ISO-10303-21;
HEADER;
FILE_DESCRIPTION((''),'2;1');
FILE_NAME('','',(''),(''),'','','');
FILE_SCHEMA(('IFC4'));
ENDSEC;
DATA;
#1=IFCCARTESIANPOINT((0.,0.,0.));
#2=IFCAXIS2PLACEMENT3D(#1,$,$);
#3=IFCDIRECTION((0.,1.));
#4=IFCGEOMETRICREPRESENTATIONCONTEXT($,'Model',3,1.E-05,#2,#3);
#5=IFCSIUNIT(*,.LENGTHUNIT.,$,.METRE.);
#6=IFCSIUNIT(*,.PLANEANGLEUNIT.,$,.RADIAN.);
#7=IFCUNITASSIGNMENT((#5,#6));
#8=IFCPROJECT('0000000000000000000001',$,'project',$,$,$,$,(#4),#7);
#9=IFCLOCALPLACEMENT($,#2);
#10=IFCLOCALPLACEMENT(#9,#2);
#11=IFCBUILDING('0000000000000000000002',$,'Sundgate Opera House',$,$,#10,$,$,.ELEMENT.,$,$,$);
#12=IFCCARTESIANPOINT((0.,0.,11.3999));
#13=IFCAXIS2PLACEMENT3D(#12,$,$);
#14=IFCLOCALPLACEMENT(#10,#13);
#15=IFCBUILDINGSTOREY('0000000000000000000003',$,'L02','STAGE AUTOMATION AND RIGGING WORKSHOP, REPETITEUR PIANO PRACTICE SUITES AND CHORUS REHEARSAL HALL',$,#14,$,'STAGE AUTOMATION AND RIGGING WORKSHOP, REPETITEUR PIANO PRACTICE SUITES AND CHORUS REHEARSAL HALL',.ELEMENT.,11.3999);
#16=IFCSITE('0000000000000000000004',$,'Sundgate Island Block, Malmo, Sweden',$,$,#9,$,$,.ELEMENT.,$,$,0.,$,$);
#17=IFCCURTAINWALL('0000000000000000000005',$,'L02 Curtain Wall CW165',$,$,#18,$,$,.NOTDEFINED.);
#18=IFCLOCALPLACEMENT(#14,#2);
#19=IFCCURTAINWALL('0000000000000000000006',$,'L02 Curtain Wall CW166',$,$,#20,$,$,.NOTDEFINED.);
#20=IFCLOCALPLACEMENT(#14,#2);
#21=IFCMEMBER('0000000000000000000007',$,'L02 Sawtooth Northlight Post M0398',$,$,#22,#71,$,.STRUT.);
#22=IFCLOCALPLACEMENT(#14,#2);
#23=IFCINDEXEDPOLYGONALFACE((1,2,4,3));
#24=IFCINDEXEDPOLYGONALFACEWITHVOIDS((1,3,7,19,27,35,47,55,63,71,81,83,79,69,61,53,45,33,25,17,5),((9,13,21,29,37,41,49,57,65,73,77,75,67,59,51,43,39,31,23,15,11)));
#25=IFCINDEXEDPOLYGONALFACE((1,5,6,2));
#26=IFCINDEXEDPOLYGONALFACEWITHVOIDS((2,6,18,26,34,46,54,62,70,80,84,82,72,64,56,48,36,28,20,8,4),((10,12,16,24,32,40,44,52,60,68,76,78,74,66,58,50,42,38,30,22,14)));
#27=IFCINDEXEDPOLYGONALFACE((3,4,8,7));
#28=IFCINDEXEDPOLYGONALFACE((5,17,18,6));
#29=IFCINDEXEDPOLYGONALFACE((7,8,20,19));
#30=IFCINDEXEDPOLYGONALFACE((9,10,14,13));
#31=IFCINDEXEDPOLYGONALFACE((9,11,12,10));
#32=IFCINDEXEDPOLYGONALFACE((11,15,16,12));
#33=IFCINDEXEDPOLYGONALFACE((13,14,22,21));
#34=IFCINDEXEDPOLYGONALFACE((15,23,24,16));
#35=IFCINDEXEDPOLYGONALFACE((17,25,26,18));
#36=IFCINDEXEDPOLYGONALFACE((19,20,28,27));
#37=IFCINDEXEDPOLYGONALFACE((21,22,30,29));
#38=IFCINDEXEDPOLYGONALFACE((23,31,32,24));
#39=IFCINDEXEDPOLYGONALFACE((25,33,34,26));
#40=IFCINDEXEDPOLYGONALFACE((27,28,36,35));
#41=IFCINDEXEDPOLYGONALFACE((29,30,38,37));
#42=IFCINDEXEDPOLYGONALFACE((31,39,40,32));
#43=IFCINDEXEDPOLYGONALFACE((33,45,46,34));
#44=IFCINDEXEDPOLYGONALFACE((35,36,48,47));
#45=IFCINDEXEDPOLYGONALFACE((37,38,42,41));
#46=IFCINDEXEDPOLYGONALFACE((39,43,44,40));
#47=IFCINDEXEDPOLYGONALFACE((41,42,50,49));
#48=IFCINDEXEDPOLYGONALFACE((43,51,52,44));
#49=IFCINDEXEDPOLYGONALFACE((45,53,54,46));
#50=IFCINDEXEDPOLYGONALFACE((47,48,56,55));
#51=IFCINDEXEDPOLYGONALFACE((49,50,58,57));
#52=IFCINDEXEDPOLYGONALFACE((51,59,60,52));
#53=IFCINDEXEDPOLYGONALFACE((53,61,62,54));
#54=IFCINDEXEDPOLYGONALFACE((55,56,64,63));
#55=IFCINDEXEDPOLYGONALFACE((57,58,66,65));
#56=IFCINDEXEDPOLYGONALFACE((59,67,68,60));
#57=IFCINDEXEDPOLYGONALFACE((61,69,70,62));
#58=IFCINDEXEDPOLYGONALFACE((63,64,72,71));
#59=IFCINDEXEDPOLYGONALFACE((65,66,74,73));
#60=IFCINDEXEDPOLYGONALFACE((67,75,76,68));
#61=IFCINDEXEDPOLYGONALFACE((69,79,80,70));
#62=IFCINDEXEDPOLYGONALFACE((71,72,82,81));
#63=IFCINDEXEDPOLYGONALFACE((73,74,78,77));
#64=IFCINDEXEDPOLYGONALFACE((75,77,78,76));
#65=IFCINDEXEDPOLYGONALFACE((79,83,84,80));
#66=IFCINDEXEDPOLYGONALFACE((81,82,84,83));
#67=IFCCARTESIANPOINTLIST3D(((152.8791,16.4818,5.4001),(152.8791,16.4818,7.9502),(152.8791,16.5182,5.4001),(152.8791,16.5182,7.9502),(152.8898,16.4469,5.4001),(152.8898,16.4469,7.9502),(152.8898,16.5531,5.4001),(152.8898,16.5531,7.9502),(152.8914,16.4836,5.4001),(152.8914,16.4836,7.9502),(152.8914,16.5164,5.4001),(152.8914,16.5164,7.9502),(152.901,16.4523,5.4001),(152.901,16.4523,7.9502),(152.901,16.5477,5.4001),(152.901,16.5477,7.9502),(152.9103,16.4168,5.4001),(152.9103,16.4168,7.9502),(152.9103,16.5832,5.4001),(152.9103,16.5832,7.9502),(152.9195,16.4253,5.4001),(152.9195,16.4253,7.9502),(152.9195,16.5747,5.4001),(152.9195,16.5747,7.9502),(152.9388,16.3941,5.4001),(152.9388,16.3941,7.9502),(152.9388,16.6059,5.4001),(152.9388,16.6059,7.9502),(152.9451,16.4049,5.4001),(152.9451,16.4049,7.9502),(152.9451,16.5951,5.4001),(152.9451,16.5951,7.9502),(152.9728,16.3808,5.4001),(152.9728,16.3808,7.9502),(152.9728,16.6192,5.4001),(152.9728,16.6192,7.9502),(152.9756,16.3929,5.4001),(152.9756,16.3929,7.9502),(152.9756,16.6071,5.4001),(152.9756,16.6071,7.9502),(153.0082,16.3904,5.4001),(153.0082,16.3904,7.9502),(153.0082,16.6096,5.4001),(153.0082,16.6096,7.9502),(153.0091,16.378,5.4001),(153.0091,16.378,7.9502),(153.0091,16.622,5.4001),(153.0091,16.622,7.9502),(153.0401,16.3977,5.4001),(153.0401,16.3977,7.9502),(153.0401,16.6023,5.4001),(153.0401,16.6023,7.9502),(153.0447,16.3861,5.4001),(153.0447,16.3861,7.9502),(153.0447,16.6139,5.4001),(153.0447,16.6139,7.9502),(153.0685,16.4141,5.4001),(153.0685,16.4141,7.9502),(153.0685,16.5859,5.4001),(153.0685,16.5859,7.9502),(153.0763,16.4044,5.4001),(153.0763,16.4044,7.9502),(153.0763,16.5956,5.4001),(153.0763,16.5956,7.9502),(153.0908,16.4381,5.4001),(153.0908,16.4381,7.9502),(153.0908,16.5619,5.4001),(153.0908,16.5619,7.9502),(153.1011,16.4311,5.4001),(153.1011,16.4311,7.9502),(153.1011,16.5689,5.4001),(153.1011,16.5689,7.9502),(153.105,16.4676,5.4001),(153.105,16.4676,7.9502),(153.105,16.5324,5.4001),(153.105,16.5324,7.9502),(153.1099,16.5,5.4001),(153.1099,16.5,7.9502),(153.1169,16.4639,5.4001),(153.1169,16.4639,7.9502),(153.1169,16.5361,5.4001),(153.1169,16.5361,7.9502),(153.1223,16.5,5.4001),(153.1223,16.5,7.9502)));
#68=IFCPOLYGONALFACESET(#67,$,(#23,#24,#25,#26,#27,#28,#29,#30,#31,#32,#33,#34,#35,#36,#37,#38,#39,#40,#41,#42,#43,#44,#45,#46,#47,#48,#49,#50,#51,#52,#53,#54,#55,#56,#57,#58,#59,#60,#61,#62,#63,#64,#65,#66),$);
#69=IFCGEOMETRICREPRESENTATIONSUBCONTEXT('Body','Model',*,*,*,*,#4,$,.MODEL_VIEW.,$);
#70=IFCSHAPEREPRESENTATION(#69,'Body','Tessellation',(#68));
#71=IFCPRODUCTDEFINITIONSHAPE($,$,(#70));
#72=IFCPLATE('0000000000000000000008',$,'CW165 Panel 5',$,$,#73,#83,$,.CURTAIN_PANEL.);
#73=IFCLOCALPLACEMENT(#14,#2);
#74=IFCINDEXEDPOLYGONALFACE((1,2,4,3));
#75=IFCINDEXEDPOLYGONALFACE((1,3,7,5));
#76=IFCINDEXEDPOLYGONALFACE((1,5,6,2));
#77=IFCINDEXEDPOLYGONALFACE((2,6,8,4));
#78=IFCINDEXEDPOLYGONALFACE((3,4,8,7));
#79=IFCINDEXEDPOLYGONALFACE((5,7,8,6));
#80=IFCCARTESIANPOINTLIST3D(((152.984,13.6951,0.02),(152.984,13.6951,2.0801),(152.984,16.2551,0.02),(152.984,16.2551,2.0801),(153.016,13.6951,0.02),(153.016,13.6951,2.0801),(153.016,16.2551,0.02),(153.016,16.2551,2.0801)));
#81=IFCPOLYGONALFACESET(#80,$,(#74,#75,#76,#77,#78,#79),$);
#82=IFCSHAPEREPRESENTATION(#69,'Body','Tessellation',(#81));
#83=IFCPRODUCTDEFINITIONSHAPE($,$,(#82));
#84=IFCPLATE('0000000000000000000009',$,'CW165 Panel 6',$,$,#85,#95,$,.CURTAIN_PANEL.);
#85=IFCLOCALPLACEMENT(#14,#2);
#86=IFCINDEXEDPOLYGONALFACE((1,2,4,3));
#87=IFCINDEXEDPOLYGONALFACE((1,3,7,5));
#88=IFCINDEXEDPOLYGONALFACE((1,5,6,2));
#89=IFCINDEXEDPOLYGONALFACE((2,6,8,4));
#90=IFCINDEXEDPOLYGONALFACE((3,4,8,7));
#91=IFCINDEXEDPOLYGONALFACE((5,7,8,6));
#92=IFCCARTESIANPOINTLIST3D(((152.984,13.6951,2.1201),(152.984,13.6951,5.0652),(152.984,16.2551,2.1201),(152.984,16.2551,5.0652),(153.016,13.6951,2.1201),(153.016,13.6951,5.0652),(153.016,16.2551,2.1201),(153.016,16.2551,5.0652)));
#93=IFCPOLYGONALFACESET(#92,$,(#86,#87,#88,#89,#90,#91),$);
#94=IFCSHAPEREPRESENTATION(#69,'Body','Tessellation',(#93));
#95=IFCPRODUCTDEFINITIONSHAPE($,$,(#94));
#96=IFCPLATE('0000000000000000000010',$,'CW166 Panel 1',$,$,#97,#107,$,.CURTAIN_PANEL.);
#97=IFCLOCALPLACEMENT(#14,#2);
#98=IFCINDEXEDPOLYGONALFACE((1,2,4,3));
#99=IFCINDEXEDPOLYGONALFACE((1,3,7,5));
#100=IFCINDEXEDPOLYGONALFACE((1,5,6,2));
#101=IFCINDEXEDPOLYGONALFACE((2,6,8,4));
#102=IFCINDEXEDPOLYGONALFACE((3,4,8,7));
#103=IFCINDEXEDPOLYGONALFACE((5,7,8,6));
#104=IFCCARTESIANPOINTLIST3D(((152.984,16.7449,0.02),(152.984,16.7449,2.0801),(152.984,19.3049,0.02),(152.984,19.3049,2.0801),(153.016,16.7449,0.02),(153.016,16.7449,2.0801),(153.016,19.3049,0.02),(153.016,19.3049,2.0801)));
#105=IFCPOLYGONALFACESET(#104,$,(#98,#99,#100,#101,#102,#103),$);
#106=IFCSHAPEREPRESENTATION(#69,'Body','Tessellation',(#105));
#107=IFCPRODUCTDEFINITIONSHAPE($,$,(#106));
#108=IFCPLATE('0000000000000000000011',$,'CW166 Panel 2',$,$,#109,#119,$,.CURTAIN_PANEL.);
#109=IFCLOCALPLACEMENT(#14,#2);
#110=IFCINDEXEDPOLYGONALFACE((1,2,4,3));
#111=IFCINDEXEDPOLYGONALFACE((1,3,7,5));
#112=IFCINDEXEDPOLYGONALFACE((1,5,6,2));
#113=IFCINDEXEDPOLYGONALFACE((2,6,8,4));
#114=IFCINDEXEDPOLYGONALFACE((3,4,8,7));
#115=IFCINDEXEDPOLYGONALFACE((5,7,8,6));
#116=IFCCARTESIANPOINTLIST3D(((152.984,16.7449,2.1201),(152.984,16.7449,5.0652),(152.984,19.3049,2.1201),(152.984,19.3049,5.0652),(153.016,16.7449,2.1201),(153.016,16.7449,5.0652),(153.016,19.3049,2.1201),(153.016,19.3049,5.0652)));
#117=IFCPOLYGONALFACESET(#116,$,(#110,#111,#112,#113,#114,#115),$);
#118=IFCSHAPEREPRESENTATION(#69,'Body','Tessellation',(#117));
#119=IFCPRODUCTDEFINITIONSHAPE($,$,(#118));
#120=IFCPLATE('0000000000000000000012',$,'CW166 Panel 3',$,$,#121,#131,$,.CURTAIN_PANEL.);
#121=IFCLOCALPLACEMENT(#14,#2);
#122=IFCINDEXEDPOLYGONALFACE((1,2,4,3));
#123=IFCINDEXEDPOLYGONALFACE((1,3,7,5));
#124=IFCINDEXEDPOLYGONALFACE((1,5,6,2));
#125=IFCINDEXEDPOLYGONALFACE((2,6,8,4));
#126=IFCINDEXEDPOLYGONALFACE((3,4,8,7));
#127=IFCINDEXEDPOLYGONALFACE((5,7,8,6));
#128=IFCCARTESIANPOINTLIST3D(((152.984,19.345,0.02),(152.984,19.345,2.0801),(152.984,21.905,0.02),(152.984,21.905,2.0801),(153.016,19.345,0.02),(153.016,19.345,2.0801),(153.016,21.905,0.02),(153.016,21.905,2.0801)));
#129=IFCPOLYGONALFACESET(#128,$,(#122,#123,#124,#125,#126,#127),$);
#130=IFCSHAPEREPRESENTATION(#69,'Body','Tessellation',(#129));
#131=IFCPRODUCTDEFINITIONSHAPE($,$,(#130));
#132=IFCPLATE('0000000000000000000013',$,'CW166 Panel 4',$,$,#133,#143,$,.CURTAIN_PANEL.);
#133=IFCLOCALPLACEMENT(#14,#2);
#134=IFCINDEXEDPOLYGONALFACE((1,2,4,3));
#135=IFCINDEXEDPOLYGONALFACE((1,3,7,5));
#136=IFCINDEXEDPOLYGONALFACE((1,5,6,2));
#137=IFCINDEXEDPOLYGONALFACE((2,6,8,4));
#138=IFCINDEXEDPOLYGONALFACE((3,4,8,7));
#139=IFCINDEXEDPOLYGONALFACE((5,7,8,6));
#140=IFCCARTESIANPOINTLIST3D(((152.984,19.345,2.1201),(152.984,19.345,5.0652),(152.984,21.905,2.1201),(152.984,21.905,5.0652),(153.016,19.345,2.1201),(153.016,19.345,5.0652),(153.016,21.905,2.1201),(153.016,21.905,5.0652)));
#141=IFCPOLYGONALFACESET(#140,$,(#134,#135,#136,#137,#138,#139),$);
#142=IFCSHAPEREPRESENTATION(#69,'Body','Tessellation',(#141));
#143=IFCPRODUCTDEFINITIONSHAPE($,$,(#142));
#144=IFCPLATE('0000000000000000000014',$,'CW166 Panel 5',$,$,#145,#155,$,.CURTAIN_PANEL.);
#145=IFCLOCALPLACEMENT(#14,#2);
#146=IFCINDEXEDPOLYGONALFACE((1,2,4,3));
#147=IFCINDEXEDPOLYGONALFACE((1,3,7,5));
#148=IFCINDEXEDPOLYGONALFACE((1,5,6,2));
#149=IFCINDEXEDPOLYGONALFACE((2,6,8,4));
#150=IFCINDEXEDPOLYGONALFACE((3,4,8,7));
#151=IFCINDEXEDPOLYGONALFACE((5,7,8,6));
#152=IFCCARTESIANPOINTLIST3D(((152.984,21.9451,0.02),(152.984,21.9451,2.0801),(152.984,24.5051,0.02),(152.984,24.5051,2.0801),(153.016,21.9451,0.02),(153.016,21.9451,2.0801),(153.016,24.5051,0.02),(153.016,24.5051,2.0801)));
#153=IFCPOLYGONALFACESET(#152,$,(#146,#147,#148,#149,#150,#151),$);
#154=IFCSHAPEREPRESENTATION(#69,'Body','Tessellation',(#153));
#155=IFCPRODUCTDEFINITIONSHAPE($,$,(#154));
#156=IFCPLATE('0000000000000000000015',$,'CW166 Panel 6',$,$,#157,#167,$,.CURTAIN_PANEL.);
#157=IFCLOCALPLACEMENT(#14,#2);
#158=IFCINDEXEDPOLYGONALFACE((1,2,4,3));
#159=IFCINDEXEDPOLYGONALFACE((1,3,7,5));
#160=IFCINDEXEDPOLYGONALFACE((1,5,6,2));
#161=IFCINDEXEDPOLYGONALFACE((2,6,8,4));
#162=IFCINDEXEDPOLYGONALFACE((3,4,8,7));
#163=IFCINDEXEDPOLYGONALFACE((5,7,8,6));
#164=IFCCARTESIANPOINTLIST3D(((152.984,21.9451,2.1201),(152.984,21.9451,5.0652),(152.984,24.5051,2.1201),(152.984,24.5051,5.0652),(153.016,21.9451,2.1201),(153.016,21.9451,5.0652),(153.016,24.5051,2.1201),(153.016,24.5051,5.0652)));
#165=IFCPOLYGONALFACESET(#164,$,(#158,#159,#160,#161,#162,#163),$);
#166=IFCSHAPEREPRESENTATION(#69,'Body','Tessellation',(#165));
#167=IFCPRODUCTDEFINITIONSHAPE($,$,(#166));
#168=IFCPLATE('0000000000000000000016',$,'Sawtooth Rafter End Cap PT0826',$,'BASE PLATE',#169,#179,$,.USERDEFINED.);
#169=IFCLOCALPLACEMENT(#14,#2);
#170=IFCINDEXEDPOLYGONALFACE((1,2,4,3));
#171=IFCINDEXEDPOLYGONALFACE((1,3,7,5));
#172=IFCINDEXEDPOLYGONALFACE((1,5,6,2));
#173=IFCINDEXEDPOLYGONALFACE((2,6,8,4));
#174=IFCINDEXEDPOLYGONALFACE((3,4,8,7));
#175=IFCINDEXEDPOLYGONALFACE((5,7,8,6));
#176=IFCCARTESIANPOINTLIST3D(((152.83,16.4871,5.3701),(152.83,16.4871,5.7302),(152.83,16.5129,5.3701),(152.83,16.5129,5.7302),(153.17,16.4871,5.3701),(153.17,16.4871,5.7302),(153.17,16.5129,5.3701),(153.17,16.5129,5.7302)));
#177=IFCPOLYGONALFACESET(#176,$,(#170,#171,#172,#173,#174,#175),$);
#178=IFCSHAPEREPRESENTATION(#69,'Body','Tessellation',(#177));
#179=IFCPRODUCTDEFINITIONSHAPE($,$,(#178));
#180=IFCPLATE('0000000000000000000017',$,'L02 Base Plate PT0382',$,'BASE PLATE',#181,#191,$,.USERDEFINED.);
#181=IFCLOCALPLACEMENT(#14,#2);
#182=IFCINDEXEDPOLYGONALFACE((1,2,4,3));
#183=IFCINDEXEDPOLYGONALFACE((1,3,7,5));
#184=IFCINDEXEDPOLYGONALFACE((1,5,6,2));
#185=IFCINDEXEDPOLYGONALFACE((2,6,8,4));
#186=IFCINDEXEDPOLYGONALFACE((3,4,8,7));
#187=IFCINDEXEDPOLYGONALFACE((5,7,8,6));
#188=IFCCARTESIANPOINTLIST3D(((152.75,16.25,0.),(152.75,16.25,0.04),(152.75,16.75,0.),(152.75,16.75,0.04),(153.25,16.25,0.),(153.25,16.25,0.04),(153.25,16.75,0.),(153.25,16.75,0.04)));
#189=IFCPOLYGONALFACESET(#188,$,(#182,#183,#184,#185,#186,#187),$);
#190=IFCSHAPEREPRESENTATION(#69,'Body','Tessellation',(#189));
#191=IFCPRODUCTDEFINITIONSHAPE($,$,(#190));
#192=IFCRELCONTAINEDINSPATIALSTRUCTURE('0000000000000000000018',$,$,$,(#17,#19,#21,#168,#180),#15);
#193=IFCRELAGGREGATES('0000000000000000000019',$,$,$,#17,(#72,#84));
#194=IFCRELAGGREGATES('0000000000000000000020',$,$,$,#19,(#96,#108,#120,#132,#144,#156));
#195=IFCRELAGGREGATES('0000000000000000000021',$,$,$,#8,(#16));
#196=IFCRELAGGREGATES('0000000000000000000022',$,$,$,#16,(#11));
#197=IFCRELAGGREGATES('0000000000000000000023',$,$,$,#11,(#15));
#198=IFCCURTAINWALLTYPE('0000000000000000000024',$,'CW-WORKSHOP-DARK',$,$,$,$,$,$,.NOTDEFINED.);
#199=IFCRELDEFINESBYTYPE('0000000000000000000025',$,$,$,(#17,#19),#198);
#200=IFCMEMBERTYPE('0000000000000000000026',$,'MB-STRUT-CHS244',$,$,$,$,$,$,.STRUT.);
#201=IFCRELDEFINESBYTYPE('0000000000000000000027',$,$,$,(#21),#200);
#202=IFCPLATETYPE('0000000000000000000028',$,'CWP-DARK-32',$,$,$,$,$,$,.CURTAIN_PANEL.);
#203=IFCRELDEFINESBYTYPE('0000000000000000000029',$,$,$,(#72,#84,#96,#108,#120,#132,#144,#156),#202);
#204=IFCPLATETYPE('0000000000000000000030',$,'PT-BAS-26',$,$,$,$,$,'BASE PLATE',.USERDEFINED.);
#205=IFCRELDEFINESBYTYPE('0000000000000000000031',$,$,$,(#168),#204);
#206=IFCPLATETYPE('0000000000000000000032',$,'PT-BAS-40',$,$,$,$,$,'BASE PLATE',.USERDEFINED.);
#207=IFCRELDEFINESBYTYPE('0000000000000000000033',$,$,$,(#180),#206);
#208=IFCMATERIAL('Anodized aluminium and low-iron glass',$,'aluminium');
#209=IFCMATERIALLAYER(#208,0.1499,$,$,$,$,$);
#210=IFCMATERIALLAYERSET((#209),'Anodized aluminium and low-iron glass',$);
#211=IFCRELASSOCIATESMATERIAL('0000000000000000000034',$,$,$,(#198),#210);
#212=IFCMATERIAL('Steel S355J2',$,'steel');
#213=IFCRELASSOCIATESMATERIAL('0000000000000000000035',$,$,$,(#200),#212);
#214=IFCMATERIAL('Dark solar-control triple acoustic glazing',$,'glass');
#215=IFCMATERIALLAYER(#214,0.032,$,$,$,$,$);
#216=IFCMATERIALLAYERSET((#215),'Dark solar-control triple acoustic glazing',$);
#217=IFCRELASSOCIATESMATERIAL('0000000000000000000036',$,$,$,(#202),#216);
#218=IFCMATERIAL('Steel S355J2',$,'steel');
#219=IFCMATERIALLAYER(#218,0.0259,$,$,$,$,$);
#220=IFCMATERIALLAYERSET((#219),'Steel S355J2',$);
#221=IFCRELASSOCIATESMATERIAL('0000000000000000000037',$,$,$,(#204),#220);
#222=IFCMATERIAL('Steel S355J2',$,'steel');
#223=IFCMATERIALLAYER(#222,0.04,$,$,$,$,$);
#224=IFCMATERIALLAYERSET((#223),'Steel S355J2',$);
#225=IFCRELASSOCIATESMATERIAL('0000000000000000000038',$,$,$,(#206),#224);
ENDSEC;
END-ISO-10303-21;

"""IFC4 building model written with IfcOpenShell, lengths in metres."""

from ifc_helpers import new_model, si_unit, direction, frame, origin, origin_2d, place, context, subcontext, project, spatial, rectangle, hollow_circle, extrude, material, layer, layer_set, material_profile, profile_set, type_object, element, aggregate, save


model = new_model("IFC4")

# Units and contexts
model_context = context("Model", 3, precision=1e-05, world=origin(), true_north=direction((0.0, 1.0)))
body_context = subcontext(model_context, "Body", "Model", "MODEL_VIEW")
ifc_project = project(units=[si_unit("LENGTHUNIT", "METRE"), si_unit("PLANEANGLEUNIT", "RADIAN")], contexts=[model_context])

# Site, building, storey
site_placement = place(None, origin())
site = spatial("IfcSite", under=ifc_project, at=site_placement, Name="Sundgate Island Block, Malmo, Sweden", CompositionType="ELEMENT", RefElevation=0.0)
building_placement = place(site_placement, origin())
building = spatial("IfcBuilding", under=site, at=building_placement, Name="Sundgate Opera House", CompositionType="ELEMENT")
storey_placement = place(building_placement, frame((0.0, 0.0, 11.3999)))
storey = spatial("IfcBuildingStorey", under=building, at=storey_placement, Name="L02", Description="STAGE AUTOMATION AND RIGGING WORKSHOP, REPETITEUR PIANO PRACTICE SUITES AND CHORUS REHEARSAL HALL", LongName="STAGE AUTOMATION AND RIGGING WORKSHOP, REPETITEUR PIANO PRACTICE SUITES AND CHORUS REHEARSAL HALL", CompositionType="ELEMENT", Elevation=11.3999)

# Curtain wall
ifc_material_1 = material(Name="Anodized aluminium and low-iron glass", Category="aluminium")
ifc_layer_1 = layer(ifc_material_1, 0.1499)
ifc_layer_set_1 = layer_set([ifc_layer_1], Name="Anodized aluminium and low-iron glass")
curtain_wall_type = type_object("IfcCurtainWallType", Name="CW-WORKSHOP-DARK", PredefinedType="NOTDEFINED", material=ifc_layer_set_1)
curtain_wall_1_placement = place(storey_placement, origin())
curtain_wall_1 = element("IfcCurtainWall", 1, at=curtain_wall_1_placement, inside=storey, type_object=curtain_wall_type, Name="L02 Curtain Wall CW165", PredefinedType="NOTDEFINED")

# Curtain wall
curtain_wall_2_placement = place(storey_placement, origin())
curtain_wall_2 = element("IfcCurtainWall", 2, at=curtain_wall_2_placement, inside=storey, type_object=curtain_wall_type, Name="L02 Curtain Wall CW166", PredefinedType="NOTDEFINED")

# Member
ifc_material_2 = material(Name="Steel S355J2", Category="steel")
ifc_material_profile_1 = material_profile(ifc_material_2, hollow_circle(Radius=0.1223, WallThickness=0.0125, at=origin_2d()), Name="CHS 244.5x12.5")
ifc_profile_set_1 = profile_set([ifc_material_profile_1], Name="Steel S355J2")
member_type_1 = type_object("IfcMemberType", Name="MB-STRUT-CHS244", PredefinedType="STRUT", material=ifc_profile_set_1)
member_1_placement = place(storey_placement, frame((153.0, 16.5, 5.4001), z_axis=(0.0, 0.0, 1.0), x_axis=(1.0, 0.0, 0.0)))
element("IfcMember", 3, at=member_1_placement, inside=storey, type_object=member_type_1, Name="L02 Sawtooth Northlight Post M0398", PredefinedType="STRUT", context=body_context, shape_type="SweptSolid", body=[
    extrude(hollow_circle(Radius=0.1223, WallThickness=0.0125, at=origin_2d()), origin(), (0.0, 0.0, 1.0), 2.55),
])

# Plates
ifc_material_3 = material(Name="Dark solar-control triple acoustic glazing", Category="glass")
ifc_layer_2 = layer(ifc_material_3, 0.032)
ifc_layer_set_2 = layer_set([ifc_layer_2], Name="Dark solar-control triple acoustic glazing")
plate_type_1 = type_object("IfcPlateType", Name="CWP-DARK-32", PredefinedType="CURTAIN_PANEL", material=ifc_layer_set_2)
plate_1_placement = place(storey_placement, frame((153.0, 14.9751, 0.02), z_axis=(0.0, 0.0, 1.0), x_axis=(0.0, 1.0, 0.0)))
plate_1 = element("IfcPlate", 4, at=plate_1_placement, type_object=plate_type_1, Name="CW165 Panel 5", PredefinedType="CURTAIN_PANEL", context=body_context, shape_type="SweptSolid", body=[
    extrude(rectangle(XDim=2.5601, YDim=0.032, at=origin_2d()), origin(), (0.0, 0.0, 1.0), 2.0601),
])
plate_2_placement = place(storey_placement, frame((153.0, 14.9751, 2.1201), z_axis=(0.0, 0.0, 1.0), x_axis=(0.0, 1.0, 0.0)))
plate_2 = element("IfcPlate", 5, at=plate_2_placement, type_object=plate_type_1, Name="CW165 Panel 6", PredefinedType="CURTAIN_PANEL", context=body_context, shape_type="SweptSolid", body=[
    extrude(rectangle(XDim=2.5601, YDim=0.032, at=origin_2d()), origin(), (0.0, 0.0, 1.0), 2.9451),
])
aggregate(curtain_wall_1, [plate_1, plate_2])
plate_3_placement = place(storey_placement, frame((153.0, 18.0249, 0.02), z_axis=(0.0, 0.0, 1.0), x_axis=(0.0, 1.0, 0.0)))
plate_3 = element("IfcPlate", 6, at=plate_3_placement, type_object=plate_type_1, Name="CW166 Panel 1", PredefinedType="CURTAIN_PANEL", context=body_context, shape_type="SweptSolid", body=[
    extrude(rectangle(XDim=2.5601, YDim=0.032, at=origin_2d()), origin(), (0.0, 0.0, 1.0), 2.0601),
])
plate_4_placement = place(storey_placement, frame((153.0, 18.0249, 2.1201), z_axis=(0.0, 0.0, 1.0), x_axis=(0.0, 1.0, 0.0)))
plate_4 = element("IfcPlate", 7, at=plate_4_placement, type_object=plate_type_1, Name="CW166 Panel 2", PredefinedType="CURTAIN_PANEL", context=body_context, shape_type="SweptSolid", body=[
    extrude(rectangle(XDim=2.5601, YDim=0.032, at=origin_2d()), origin(), (0.0, 0.0, 1.0), 2.9451),
])
plate_5_placement = place(storey_placement, frame((153.0, 20.625, 0.02), z_axis=(0.0, 0.0, 1.0), x_axis=(0.0, 1.0, 0.0)))
plate_5 = element("IfcPlate", 8, at=plate_5_placement, type_object=plate_type_1, Name="CW166 Panel 3", PredefinedType="CURTAIN_PANEL", context=body_context, shape_type="SweptSolid", body=[
    extrude(rectangle(XDim=2.5601, YDim=0.032, at=origin_2d()), origin(), (0.0, 0.0, 1.0), 2.0601),
])
plate_6_placement = place(storey_placement, frame((153.0, 20.625, 2.1201), z_axis=(0.0, 0.0, 1.0), x_axis=(0.0, 1.0, 0.0)))
plate_6 = element("IfcPlate", 9, at=plate_6_placement, type_object=plate_type_1, Name="CW166 Panel 4", PredefinedType="CURTAIN_PANEL", context=body_context, shape_type="SweptSolid", body=[
    extrude(rectangle(XDim=2.5601, YDim=0.032, at=origin_2d()), origin(), (0.0, 0.0, 1.0), 2.9451),
])
plate_7_placement = place(storey_placement, frame((153.0, 23.2251, 0.02), z_axis=(0.0, 0.0, 1.0), x_axis=(0.0, 1.0, 0.0)))
plate_7 = element("IfcPlate", 10, at=plate_7_placement, type_object=plate_type_1, Name="CW166 Panel 5", PredefinedType="CURTAIN_PANEL", context=body_context, shape_type="SweptSolid", body=[
    extrude(rectangle(XDim=2.5601, YDim=0.032, at=origin_2d()), origin(), (0.0, 0.0, 1.0), 2.0601),
])
plate_8_placement = place(storey_placement, frame((153.0, 23.2251, 2.1201), z_axis=(0.0, 0.0, 1.0), x_axis=(0.0, 1.0, 0.0)))
plate_8 = element("IfcPlate", 11, at=plate_8_placement, type_object=plate_type_1, Name="CW166 Panel 6", PredefinedType="CURTAIN_PANEL", context=body_context, shape_type="SweptSolid", body=[
    extrude(rectangle(XDim=2.5601, YDim=0.032, at=origin_2d()), origin(), (0.0, 0.0, 1.0), 2.9451),
])
aggregate(curtain_wall_2, [plate_3, plate_4, plate_5, plate_6, plate_7, plate_8])

# Plates
ifc_material_4 = material(Name="Steel S355J2", Category="steel")
ifc_layer_3 = layer(ifc_material_4, 0.0259)
ifc_layer_set_3 = layer_set([ifc_layer_3], Name="Steel S355J2")
plate_type_2 = type_object("IfcPlateType", Name="PT-BAS-26", ElementType="BASE PLATE", PredefinedType="USERDEFINED", material=ifc_layer_set_3)
plate_9_placement = place(storey_placement, frame((153.0, 16.5, 5.3701), z_axis=(0.0, 0.0, 1.0), x_axis=(1.0, 0.0, 0.0)))
element("IfcPlate", 12, at=plate_9_placement, inside=storey, type_object=plate_type_2, Name="Sawtooth Rafter End Cap PT0826", ObjectType="BASE PLATE", PredefinedType="USERDEFINED", context=body_context, shape_type="SweptSolid", body=[
    extrude(rectangle(XDim=0.3401, YDim=0.0259, at=origin_2d()), origin(), (0.0, 0.0, 1.0), 0.3601),
])
ifc_material_5 = material(Name="Steel S355J2", Category="steel")
ifc_layer_4 = layer(ifc_material_5, 0.04)
ifc_layer_set_4 = layer_set([ifc_layer_4], Name="Steel S355J2")
plate_type_3 = type_object("IfcPlateType", Name="PT-BAS-40", ElementType="BASE PLATE", PredefinedType="USERDEFINED", material=ifc_layer_set_4)
plate_10_placement = place(storey_placement, frame((153.0, 16.5, 0.0), z_axis=(0.0, 0.0, 1.0), x_axis=(1.0, 0.0, 0.0)))
element("IfcPlate", 13, at=plate_10_placement, inside=storey, type_object=plate_type_3, Name="L02 Base Plate PT0382", ObjectType="BASE PLATE", PredefinedType="USERDEFINED", context=body_context, shape_type="SweptSolid", body=[
    extrude(rectangle(XDim=0.5, YDim=0.5, at=origin_2d()), origin(), (0.0, 0.0, 1.0), 0.04),
])

save(model, "model.ifc")
